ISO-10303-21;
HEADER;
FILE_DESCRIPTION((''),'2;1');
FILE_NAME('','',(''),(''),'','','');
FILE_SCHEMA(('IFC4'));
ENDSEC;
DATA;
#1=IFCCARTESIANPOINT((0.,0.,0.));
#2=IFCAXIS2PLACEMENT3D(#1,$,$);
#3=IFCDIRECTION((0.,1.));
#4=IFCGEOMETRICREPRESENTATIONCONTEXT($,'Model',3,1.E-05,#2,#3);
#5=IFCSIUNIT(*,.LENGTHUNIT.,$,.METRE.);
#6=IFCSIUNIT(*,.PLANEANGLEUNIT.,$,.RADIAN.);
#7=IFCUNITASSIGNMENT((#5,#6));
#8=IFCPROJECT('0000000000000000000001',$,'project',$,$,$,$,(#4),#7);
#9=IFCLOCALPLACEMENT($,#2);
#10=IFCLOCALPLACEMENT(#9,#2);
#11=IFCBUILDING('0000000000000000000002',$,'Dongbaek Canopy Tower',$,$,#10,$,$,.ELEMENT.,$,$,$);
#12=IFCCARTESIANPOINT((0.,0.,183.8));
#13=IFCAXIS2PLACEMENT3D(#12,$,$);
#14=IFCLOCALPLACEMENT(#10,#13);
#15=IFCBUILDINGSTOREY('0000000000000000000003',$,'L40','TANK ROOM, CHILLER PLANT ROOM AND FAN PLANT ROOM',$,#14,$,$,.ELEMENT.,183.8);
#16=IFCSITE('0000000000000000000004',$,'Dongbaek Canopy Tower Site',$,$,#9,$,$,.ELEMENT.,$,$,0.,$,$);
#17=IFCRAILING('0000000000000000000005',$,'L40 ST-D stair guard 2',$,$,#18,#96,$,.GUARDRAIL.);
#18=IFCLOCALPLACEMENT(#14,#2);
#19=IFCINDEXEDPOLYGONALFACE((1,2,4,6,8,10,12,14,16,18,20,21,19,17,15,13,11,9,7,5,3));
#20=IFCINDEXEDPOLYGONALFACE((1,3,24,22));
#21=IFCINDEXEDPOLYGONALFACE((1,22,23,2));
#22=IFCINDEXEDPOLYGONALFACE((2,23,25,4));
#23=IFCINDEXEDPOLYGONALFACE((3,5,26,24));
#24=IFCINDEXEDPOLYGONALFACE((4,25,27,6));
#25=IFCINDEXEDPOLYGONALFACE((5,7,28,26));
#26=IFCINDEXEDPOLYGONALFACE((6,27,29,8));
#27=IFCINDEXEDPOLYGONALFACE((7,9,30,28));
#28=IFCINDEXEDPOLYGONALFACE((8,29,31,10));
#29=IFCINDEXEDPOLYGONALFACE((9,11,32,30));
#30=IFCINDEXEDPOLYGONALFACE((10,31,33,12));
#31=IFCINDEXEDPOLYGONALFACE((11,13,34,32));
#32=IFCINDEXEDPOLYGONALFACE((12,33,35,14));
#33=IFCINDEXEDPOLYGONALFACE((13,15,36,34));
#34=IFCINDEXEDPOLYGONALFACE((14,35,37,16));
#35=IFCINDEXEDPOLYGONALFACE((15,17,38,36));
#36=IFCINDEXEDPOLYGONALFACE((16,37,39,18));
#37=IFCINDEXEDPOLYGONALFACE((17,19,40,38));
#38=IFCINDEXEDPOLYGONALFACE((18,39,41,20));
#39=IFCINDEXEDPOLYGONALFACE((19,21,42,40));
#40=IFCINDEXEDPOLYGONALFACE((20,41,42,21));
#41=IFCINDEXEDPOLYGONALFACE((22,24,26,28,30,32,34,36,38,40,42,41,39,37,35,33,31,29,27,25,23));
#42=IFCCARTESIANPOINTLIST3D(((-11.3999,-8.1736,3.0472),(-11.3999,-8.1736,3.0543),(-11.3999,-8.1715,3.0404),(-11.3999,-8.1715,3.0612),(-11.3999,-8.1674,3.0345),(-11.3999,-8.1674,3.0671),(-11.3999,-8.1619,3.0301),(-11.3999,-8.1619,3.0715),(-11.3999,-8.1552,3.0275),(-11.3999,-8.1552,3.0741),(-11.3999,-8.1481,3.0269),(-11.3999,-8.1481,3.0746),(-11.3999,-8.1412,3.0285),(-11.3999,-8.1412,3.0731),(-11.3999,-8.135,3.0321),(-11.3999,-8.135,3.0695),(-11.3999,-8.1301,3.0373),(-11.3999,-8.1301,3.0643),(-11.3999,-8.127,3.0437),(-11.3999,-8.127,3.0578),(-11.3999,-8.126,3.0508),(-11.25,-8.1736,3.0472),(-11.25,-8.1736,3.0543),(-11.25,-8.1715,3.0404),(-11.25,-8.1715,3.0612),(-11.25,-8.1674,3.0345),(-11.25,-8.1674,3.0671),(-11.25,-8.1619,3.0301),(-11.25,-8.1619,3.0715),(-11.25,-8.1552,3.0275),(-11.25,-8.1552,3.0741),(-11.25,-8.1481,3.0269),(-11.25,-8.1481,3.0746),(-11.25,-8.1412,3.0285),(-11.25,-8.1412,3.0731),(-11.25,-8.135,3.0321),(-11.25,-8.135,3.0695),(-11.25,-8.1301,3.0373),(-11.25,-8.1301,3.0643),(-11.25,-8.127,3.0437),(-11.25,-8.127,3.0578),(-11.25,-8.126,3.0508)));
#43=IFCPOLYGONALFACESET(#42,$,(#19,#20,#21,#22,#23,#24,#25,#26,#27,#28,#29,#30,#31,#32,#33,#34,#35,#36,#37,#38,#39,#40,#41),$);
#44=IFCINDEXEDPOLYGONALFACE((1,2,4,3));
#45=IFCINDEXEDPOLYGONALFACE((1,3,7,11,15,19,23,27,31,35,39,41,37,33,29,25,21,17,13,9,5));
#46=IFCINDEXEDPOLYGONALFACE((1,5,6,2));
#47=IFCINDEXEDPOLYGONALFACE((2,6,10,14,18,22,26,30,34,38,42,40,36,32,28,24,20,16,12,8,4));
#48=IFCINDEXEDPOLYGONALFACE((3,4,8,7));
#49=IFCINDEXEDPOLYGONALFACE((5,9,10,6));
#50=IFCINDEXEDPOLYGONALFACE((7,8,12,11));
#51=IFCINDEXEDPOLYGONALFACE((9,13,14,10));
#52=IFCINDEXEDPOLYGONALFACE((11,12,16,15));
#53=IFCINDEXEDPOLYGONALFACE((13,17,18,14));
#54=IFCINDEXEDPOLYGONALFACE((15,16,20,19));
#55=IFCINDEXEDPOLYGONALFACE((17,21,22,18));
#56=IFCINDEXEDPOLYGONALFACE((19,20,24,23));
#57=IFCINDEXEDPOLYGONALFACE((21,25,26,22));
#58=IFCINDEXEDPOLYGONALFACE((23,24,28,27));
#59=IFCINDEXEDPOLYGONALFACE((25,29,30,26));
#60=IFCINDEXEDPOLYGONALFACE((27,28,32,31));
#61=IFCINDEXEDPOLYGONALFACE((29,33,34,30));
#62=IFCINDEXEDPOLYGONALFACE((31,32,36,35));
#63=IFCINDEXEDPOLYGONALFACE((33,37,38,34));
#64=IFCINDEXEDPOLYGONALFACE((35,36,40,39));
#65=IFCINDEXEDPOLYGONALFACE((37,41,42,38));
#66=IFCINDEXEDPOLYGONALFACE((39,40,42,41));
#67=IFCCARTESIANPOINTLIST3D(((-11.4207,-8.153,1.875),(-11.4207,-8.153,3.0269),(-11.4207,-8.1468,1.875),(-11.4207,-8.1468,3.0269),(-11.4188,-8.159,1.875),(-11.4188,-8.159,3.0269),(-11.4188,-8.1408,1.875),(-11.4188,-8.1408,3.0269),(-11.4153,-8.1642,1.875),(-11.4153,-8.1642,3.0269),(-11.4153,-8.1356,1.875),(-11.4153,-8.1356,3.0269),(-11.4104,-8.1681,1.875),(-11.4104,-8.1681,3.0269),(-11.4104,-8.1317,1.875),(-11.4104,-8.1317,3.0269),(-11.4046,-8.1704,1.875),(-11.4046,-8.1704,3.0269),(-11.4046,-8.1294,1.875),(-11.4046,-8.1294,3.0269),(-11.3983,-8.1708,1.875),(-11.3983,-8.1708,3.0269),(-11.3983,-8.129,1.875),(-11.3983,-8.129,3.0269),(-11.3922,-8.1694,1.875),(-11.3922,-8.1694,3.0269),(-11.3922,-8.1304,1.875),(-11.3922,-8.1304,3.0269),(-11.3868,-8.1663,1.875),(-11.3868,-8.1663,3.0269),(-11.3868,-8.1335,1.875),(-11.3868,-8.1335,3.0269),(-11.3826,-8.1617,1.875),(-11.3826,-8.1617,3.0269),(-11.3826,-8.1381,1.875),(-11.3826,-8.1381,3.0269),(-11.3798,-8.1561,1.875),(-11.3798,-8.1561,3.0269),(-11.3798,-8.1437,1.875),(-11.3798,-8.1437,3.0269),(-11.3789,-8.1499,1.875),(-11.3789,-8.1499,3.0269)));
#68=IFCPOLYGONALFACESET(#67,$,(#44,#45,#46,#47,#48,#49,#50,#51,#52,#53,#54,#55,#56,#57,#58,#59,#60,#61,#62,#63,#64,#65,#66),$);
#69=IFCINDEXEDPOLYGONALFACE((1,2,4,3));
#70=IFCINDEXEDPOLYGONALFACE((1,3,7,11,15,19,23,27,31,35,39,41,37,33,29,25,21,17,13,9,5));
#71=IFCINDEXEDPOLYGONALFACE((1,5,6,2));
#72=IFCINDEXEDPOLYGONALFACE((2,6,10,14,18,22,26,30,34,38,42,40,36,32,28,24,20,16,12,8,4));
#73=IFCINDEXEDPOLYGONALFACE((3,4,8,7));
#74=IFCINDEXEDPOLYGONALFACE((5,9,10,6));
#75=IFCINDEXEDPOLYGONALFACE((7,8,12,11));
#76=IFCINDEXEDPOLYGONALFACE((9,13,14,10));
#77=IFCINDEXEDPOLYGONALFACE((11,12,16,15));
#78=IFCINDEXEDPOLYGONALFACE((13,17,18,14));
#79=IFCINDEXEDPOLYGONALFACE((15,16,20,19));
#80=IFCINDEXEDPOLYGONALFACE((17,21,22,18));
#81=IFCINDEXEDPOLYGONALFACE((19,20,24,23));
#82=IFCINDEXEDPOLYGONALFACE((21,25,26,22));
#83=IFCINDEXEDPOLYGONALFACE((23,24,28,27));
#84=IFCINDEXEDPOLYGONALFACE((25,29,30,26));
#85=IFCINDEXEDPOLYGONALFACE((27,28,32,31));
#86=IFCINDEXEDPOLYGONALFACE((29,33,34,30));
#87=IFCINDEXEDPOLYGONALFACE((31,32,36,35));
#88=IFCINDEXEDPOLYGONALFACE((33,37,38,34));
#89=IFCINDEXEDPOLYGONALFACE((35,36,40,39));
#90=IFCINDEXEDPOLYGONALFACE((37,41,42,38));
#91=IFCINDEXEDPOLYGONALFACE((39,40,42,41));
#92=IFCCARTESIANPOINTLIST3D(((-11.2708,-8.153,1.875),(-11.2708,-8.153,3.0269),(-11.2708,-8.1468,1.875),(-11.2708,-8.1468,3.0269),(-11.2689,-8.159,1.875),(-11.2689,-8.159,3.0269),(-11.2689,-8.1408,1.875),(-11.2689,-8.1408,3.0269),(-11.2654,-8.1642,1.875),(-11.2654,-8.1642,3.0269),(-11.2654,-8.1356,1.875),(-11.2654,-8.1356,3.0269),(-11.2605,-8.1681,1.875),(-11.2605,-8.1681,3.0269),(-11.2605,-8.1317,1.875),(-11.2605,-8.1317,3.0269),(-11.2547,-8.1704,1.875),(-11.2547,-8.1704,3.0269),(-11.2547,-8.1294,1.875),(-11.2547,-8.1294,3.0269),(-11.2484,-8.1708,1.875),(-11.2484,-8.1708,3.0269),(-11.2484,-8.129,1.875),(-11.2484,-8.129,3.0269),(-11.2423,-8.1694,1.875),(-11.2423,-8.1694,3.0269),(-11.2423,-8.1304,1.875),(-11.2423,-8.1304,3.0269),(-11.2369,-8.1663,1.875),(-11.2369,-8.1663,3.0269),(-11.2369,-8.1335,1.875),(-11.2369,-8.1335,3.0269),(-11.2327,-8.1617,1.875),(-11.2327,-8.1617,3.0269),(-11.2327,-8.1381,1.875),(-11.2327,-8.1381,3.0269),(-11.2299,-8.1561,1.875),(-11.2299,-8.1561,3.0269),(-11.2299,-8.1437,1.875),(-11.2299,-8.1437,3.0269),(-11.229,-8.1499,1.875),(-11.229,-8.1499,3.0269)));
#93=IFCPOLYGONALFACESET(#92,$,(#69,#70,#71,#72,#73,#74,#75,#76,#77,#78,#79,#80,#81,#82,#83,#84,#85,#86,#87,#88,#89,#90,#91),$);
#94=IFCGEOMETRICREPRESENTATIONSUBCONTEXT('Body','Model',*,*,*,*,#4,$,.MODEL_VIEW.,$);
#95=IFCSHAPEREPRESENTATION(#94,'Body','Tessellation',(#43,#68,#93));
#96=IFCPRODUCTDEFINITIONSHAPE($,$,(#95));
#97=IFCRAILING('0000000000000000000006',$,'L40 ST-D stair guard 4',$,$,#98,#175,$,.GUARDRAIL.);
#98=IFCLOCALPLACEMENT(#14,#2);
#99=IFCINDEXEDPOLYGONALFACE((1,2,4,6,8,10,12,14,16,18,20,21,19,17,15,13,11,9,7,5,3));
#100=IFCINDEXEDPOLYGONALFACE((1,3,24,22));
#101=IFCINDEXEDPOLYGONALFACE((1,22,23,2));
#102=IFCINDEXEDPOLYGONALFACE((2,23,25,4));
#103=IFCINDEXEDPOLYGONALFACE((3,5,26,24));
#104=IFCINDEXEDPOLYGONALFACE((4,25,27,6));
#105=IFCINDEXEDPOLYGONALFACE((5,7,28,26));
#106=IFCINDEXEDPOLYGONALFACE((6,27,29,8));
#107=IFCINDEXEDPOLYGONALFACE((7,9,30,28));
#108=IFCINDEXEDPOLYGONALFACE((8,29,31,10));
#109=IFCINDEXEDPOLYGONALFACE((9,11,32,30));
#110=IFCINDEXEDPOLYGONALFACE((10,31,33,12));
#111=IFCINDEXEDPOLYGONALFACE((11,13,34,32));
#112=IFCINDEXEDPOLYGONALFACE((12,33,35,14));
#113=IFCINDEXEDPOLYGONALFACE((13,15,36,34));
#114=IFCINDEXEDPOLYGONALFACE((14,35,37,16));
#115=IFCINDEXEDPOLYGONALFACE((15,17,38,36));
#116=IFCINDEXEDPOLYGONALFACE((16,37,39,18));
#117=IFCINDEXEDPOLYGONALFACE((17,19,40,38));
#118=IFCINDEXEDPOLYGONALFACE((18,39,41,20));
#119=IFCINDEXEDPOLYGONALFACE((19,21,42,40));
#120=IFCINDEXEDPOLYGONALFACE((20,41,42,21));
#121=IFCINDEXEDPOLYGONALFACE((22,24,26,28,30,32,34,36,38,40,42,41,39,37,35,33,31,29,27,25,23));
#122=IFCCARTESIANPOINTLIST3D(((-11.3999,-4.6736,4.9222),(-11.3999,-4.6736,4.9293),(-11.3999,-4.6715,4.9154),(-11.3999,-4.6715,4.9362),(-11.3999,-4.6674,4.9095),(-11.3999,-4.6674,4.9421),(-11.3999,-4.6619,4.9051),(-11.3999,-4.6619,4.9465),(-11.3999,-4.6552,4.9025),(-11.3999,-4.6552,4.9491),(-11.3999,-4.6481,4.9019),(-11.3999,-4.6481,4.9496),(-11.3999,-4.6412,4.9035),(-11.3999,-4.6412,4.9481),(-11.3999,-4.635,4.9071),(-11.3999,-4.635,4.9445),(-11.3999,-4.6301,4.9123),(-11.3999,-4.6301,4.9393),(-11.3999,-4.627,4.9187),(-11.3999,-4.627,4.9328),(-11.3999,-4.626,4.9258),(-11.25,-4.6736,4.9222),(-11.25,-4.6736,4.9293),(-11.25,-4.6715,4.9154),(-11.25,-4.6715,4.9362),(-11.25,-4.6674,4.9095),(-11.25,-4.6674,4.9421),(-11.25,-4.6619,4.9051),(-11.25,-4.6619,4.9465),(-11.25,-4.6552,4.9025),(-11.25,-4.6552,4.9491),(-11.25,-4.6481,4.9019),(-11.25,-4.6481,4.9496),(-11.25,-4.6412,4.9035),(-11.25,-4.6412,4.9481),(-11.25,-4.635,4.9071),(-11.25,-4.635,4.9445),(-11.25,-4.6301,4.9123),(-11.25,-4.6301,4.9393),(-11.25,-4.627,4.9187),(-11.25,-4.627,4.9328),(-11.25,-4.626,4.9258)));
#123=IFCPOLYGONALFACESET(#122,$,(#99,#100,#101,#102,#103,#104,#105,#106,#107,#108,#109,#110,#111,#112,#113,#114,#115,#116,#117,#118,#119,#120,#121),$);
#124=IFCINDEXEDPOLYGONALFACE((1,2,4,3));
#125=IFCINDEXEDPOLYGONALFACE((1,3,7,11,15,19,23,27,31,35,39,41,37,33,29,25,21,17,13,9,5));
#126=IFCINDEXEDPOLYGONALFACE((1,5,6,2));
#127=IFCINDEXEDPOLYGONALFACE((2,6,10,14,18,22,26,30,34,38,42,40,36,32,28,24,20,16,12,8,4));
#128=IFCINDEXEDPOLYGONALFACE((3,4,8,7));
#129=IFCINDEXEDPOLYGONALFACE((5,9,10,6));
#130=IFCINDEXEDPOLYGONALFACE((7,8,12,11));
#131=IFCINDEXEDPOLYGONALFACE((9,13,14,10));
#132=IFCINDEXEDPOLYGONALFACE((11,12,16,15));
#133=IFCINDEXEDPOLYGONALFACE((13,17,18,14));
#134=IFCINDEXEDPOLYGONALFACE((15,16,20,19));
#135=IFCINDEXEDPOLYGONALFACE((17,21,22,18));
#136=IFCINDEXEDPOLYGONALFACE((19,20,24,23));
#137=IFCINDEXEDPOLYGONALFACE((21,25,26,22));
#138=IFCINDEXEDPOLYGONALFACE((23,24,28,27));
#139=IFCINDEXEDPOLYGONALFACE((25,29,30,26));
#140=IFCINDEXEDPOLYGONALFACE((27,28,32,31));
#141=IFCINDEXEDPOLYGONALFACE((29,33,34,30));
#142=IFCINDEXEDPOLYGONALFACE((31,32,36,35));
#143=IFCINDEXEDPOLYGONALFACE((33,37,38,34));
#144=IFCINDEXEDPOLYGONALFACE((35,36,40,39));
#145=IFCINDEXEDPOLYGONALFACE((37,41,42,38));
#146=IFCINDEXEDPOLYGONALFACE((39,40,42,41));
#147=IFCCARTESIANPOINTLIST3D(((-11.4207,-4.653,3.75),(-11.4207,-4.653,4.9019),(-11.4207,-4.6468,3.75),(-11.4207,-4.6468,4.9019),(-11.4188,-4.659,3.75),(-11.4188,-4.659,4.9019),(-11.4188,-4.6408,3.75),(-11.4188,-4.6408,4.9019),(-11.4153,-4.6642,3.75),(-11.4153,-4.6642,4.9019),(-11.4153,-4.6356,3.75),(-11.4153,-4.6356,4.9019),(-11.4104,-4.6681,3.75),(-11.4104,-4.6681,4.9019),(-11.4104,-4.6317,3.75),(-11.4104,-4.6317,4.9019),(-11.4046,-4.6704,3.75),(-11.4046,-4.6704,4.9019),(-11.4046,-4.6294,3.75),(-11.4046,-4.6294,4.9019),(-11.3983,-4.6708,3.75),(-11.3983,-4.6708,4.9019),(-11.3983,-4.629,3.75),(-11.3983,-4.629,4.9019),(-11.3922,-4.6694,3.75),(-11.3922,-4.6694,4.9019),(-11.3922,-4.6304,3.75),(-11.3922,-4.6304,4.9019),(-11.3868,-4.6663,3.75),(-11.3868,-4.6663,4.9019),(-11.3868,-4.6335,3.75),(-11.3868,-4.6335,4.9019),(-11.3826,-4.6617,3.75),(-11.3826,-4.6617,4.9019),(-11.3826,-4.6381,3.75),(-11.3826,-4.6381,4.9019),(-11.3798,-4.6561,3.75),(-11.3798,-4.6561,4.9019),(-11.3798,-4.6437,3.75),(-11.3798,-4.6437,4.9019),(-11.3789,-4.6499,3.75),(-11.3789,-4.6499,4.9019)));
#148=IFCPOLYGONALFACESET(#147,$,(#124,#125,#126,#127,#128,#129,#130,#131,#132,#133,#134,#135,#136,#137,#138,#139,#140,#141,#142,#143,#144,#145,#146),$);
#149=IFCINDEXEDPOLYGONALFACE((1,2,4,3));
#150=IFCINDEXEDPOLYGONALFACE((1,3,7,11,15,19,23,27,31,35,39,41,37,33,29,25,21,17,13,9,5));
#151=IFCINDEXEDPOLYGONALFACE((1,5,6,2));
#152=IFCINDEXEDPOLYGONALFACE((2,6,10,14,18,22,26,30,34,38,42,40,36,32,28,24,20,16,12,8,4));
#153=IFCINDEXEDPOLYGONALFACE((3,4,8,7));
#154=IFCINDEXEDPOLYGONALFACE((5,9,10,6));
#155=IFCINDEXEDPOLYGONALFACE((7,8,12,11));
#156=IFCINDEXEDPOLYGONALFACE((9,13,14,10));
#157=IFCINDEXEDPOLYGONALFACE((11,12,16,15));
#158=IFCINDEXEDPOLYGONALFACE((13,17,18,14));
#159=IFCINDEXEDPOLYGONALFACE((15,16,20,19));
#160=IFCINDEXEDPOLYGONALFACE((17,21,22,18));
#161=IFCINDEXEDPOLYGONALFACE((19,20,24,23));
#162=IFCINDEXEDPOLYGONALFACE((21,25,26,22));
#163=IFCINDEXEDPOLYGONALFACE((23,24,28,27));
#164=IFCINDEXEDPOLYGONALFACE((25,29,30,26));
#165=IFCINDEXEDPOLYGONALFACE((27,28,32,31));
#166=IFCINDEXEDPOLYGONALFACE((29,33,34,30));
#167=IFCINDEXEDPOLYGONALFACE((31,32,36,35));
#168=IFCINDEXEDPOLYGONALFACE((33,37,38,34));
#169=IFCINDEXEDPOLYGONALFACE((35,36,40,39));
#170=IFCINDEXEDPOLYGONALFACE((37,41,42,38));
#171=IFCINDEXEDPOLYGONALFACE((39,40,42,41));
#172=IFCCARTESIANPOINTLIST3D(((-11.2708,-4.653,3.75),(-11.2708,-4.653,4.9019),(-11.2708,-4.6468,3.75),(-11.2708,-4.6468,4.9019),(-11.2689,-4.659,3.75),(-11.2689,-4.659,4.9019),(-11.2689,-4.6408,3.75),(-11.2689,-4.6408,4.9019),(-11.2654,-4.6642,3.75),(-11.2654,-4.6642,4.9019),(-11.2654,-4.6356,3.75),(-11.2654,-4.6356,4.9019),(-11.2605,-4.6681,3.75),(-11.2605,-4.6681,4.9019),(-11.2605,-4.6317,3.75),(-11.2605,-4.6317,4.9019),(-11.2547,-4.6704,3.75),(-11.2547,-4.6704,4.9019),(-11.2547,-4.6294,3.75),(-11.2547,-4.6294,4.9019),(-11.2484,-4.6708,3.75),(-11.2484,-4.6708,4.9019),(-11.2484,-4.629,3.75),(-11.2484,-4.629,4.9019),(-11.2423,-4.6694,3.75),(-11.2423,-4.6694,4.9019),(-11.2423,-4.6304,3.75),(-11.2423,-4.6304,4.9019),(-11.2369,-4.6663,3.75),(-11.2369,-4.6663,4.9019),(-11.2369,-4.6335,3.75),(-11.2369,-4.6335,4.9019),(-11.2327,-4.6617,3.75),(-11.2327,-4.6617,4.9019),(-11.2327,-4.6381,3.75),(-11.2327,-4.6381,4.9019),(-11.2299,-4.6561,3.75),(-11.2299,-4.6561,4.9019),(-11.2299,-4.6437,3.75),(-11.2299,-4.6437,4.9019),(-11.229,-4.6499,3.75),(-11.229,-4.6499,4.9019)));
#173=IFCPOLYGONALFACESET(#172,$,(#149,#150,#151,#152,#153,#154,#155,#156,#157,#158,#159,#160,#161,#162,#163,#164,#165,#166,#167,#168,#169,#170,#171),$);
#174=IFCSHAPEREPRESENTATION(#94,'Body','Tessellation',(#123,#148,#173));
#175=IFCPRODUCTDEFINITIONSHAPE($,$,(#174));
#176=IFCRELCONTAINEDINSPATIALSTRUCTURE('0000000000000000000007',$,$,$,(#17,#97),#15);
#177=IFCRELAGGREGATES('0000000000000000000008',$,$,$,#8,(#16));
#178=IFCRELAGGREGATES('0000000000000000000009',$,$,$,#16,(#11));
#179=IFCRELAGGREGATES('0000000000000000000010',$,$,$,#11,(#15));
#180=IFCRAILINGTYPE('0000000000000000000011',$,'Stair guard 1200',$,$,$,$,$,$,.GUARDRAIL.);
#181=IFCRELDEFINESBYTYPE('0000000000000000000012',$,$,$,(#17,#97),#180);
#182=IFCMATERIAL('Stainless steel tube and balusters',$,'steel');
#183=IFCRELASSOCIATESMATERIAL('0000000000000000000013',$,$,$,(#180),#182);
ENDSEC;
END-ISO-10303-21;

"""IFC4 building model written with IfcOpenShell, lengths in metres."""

from ifc_helpers import new_model, si_unit, direction, frame, origin, origin_2d, place, context, subcontext, project, spatial, circle, extrude, material, type_object, element, save


model = new_model("IFC4")

# Units and contexts
model_context = context("Model", 3, precision=1e-05, world=origin(), true_north=direction((0.0, 1.0)))
body_context = subcontext(model_context, "Body", "Model", "MODEL_VIEW")
ifc_project = project(units=[si_unit("LENGTHUNIT", "METRE"), si_unit("PLANEANGLEUNIT", "RADIAN")], contexts=[model_context])

# Site, building, storey
site_placement = place(None, origin())
site = spatial("IfcSite", under=ifc_project, at=site_placement, Name="Dongbaek Canopy Tower Site", CompositionType="ELEMENT", RefElevation=0.0)
building_placement = place(site_placement, origin())
building = spatial("IfcBuilding", under=site, at=building_placement, Name="Dongbaek Canopy Tower", CompositionType="ELEMENT")
storey_placement = place(building_placement, frame((0.0, 0.0, 183.8)))
storey = spatial("IfcBuildingStorey", under=building, at=storey_placement, Name="L40", Description="TANK ROOM, CHILLER PLANT ROOM AND FAN PLANT ROOM", CompositionType="ELEMENT", Elevation=183.8)

# Railings
ifc_material_1 = material(Name="Stainless steel tube and balusters", Category="steel")
railing_type_1 = type_object("IfcRailingType", Name="Stair guard 1200", PredefinedType="GUARDRAIL", material=ifc_material_1)
for number, where, name in (
    (1, (-11.3999, -8.1499, 1.875), "L40 ST-D stair guard 2"),
    (2, (-11.3999, -4.6499, 3.75), "L40 ST-D stair guard 4"),
):
    element("IfcRailing", number, at=place(storey_placement, frame(where)), inside=storey, type_object=railing_type_1, Name=name, PredefinedType="GUARDRAIL", context=body_context, shape_type="SweptSolid", body=[
        extrude(circle(Radius=0.0239, at=origin_2d()), frame((0.0, 0.0, 1.1758), z_axis=(1.0, 0.0, 0.0), x_axis=(0.0, 1.0, 0.0)), (0.0, 0.0, 1.0), 0.1499),
        extrude(circle(Radius=0.021, at=origin_2d()), origin(), (0.0, 0.0, 1.0), 1.1519),
        extrude(circle(Radius=0.021, at=origin_2d()), frame((0.1499, 0.0, 0.0)), (0.0, 0.0, 1.0), 1.1519),
    ])

save(model, "model.ifc")
